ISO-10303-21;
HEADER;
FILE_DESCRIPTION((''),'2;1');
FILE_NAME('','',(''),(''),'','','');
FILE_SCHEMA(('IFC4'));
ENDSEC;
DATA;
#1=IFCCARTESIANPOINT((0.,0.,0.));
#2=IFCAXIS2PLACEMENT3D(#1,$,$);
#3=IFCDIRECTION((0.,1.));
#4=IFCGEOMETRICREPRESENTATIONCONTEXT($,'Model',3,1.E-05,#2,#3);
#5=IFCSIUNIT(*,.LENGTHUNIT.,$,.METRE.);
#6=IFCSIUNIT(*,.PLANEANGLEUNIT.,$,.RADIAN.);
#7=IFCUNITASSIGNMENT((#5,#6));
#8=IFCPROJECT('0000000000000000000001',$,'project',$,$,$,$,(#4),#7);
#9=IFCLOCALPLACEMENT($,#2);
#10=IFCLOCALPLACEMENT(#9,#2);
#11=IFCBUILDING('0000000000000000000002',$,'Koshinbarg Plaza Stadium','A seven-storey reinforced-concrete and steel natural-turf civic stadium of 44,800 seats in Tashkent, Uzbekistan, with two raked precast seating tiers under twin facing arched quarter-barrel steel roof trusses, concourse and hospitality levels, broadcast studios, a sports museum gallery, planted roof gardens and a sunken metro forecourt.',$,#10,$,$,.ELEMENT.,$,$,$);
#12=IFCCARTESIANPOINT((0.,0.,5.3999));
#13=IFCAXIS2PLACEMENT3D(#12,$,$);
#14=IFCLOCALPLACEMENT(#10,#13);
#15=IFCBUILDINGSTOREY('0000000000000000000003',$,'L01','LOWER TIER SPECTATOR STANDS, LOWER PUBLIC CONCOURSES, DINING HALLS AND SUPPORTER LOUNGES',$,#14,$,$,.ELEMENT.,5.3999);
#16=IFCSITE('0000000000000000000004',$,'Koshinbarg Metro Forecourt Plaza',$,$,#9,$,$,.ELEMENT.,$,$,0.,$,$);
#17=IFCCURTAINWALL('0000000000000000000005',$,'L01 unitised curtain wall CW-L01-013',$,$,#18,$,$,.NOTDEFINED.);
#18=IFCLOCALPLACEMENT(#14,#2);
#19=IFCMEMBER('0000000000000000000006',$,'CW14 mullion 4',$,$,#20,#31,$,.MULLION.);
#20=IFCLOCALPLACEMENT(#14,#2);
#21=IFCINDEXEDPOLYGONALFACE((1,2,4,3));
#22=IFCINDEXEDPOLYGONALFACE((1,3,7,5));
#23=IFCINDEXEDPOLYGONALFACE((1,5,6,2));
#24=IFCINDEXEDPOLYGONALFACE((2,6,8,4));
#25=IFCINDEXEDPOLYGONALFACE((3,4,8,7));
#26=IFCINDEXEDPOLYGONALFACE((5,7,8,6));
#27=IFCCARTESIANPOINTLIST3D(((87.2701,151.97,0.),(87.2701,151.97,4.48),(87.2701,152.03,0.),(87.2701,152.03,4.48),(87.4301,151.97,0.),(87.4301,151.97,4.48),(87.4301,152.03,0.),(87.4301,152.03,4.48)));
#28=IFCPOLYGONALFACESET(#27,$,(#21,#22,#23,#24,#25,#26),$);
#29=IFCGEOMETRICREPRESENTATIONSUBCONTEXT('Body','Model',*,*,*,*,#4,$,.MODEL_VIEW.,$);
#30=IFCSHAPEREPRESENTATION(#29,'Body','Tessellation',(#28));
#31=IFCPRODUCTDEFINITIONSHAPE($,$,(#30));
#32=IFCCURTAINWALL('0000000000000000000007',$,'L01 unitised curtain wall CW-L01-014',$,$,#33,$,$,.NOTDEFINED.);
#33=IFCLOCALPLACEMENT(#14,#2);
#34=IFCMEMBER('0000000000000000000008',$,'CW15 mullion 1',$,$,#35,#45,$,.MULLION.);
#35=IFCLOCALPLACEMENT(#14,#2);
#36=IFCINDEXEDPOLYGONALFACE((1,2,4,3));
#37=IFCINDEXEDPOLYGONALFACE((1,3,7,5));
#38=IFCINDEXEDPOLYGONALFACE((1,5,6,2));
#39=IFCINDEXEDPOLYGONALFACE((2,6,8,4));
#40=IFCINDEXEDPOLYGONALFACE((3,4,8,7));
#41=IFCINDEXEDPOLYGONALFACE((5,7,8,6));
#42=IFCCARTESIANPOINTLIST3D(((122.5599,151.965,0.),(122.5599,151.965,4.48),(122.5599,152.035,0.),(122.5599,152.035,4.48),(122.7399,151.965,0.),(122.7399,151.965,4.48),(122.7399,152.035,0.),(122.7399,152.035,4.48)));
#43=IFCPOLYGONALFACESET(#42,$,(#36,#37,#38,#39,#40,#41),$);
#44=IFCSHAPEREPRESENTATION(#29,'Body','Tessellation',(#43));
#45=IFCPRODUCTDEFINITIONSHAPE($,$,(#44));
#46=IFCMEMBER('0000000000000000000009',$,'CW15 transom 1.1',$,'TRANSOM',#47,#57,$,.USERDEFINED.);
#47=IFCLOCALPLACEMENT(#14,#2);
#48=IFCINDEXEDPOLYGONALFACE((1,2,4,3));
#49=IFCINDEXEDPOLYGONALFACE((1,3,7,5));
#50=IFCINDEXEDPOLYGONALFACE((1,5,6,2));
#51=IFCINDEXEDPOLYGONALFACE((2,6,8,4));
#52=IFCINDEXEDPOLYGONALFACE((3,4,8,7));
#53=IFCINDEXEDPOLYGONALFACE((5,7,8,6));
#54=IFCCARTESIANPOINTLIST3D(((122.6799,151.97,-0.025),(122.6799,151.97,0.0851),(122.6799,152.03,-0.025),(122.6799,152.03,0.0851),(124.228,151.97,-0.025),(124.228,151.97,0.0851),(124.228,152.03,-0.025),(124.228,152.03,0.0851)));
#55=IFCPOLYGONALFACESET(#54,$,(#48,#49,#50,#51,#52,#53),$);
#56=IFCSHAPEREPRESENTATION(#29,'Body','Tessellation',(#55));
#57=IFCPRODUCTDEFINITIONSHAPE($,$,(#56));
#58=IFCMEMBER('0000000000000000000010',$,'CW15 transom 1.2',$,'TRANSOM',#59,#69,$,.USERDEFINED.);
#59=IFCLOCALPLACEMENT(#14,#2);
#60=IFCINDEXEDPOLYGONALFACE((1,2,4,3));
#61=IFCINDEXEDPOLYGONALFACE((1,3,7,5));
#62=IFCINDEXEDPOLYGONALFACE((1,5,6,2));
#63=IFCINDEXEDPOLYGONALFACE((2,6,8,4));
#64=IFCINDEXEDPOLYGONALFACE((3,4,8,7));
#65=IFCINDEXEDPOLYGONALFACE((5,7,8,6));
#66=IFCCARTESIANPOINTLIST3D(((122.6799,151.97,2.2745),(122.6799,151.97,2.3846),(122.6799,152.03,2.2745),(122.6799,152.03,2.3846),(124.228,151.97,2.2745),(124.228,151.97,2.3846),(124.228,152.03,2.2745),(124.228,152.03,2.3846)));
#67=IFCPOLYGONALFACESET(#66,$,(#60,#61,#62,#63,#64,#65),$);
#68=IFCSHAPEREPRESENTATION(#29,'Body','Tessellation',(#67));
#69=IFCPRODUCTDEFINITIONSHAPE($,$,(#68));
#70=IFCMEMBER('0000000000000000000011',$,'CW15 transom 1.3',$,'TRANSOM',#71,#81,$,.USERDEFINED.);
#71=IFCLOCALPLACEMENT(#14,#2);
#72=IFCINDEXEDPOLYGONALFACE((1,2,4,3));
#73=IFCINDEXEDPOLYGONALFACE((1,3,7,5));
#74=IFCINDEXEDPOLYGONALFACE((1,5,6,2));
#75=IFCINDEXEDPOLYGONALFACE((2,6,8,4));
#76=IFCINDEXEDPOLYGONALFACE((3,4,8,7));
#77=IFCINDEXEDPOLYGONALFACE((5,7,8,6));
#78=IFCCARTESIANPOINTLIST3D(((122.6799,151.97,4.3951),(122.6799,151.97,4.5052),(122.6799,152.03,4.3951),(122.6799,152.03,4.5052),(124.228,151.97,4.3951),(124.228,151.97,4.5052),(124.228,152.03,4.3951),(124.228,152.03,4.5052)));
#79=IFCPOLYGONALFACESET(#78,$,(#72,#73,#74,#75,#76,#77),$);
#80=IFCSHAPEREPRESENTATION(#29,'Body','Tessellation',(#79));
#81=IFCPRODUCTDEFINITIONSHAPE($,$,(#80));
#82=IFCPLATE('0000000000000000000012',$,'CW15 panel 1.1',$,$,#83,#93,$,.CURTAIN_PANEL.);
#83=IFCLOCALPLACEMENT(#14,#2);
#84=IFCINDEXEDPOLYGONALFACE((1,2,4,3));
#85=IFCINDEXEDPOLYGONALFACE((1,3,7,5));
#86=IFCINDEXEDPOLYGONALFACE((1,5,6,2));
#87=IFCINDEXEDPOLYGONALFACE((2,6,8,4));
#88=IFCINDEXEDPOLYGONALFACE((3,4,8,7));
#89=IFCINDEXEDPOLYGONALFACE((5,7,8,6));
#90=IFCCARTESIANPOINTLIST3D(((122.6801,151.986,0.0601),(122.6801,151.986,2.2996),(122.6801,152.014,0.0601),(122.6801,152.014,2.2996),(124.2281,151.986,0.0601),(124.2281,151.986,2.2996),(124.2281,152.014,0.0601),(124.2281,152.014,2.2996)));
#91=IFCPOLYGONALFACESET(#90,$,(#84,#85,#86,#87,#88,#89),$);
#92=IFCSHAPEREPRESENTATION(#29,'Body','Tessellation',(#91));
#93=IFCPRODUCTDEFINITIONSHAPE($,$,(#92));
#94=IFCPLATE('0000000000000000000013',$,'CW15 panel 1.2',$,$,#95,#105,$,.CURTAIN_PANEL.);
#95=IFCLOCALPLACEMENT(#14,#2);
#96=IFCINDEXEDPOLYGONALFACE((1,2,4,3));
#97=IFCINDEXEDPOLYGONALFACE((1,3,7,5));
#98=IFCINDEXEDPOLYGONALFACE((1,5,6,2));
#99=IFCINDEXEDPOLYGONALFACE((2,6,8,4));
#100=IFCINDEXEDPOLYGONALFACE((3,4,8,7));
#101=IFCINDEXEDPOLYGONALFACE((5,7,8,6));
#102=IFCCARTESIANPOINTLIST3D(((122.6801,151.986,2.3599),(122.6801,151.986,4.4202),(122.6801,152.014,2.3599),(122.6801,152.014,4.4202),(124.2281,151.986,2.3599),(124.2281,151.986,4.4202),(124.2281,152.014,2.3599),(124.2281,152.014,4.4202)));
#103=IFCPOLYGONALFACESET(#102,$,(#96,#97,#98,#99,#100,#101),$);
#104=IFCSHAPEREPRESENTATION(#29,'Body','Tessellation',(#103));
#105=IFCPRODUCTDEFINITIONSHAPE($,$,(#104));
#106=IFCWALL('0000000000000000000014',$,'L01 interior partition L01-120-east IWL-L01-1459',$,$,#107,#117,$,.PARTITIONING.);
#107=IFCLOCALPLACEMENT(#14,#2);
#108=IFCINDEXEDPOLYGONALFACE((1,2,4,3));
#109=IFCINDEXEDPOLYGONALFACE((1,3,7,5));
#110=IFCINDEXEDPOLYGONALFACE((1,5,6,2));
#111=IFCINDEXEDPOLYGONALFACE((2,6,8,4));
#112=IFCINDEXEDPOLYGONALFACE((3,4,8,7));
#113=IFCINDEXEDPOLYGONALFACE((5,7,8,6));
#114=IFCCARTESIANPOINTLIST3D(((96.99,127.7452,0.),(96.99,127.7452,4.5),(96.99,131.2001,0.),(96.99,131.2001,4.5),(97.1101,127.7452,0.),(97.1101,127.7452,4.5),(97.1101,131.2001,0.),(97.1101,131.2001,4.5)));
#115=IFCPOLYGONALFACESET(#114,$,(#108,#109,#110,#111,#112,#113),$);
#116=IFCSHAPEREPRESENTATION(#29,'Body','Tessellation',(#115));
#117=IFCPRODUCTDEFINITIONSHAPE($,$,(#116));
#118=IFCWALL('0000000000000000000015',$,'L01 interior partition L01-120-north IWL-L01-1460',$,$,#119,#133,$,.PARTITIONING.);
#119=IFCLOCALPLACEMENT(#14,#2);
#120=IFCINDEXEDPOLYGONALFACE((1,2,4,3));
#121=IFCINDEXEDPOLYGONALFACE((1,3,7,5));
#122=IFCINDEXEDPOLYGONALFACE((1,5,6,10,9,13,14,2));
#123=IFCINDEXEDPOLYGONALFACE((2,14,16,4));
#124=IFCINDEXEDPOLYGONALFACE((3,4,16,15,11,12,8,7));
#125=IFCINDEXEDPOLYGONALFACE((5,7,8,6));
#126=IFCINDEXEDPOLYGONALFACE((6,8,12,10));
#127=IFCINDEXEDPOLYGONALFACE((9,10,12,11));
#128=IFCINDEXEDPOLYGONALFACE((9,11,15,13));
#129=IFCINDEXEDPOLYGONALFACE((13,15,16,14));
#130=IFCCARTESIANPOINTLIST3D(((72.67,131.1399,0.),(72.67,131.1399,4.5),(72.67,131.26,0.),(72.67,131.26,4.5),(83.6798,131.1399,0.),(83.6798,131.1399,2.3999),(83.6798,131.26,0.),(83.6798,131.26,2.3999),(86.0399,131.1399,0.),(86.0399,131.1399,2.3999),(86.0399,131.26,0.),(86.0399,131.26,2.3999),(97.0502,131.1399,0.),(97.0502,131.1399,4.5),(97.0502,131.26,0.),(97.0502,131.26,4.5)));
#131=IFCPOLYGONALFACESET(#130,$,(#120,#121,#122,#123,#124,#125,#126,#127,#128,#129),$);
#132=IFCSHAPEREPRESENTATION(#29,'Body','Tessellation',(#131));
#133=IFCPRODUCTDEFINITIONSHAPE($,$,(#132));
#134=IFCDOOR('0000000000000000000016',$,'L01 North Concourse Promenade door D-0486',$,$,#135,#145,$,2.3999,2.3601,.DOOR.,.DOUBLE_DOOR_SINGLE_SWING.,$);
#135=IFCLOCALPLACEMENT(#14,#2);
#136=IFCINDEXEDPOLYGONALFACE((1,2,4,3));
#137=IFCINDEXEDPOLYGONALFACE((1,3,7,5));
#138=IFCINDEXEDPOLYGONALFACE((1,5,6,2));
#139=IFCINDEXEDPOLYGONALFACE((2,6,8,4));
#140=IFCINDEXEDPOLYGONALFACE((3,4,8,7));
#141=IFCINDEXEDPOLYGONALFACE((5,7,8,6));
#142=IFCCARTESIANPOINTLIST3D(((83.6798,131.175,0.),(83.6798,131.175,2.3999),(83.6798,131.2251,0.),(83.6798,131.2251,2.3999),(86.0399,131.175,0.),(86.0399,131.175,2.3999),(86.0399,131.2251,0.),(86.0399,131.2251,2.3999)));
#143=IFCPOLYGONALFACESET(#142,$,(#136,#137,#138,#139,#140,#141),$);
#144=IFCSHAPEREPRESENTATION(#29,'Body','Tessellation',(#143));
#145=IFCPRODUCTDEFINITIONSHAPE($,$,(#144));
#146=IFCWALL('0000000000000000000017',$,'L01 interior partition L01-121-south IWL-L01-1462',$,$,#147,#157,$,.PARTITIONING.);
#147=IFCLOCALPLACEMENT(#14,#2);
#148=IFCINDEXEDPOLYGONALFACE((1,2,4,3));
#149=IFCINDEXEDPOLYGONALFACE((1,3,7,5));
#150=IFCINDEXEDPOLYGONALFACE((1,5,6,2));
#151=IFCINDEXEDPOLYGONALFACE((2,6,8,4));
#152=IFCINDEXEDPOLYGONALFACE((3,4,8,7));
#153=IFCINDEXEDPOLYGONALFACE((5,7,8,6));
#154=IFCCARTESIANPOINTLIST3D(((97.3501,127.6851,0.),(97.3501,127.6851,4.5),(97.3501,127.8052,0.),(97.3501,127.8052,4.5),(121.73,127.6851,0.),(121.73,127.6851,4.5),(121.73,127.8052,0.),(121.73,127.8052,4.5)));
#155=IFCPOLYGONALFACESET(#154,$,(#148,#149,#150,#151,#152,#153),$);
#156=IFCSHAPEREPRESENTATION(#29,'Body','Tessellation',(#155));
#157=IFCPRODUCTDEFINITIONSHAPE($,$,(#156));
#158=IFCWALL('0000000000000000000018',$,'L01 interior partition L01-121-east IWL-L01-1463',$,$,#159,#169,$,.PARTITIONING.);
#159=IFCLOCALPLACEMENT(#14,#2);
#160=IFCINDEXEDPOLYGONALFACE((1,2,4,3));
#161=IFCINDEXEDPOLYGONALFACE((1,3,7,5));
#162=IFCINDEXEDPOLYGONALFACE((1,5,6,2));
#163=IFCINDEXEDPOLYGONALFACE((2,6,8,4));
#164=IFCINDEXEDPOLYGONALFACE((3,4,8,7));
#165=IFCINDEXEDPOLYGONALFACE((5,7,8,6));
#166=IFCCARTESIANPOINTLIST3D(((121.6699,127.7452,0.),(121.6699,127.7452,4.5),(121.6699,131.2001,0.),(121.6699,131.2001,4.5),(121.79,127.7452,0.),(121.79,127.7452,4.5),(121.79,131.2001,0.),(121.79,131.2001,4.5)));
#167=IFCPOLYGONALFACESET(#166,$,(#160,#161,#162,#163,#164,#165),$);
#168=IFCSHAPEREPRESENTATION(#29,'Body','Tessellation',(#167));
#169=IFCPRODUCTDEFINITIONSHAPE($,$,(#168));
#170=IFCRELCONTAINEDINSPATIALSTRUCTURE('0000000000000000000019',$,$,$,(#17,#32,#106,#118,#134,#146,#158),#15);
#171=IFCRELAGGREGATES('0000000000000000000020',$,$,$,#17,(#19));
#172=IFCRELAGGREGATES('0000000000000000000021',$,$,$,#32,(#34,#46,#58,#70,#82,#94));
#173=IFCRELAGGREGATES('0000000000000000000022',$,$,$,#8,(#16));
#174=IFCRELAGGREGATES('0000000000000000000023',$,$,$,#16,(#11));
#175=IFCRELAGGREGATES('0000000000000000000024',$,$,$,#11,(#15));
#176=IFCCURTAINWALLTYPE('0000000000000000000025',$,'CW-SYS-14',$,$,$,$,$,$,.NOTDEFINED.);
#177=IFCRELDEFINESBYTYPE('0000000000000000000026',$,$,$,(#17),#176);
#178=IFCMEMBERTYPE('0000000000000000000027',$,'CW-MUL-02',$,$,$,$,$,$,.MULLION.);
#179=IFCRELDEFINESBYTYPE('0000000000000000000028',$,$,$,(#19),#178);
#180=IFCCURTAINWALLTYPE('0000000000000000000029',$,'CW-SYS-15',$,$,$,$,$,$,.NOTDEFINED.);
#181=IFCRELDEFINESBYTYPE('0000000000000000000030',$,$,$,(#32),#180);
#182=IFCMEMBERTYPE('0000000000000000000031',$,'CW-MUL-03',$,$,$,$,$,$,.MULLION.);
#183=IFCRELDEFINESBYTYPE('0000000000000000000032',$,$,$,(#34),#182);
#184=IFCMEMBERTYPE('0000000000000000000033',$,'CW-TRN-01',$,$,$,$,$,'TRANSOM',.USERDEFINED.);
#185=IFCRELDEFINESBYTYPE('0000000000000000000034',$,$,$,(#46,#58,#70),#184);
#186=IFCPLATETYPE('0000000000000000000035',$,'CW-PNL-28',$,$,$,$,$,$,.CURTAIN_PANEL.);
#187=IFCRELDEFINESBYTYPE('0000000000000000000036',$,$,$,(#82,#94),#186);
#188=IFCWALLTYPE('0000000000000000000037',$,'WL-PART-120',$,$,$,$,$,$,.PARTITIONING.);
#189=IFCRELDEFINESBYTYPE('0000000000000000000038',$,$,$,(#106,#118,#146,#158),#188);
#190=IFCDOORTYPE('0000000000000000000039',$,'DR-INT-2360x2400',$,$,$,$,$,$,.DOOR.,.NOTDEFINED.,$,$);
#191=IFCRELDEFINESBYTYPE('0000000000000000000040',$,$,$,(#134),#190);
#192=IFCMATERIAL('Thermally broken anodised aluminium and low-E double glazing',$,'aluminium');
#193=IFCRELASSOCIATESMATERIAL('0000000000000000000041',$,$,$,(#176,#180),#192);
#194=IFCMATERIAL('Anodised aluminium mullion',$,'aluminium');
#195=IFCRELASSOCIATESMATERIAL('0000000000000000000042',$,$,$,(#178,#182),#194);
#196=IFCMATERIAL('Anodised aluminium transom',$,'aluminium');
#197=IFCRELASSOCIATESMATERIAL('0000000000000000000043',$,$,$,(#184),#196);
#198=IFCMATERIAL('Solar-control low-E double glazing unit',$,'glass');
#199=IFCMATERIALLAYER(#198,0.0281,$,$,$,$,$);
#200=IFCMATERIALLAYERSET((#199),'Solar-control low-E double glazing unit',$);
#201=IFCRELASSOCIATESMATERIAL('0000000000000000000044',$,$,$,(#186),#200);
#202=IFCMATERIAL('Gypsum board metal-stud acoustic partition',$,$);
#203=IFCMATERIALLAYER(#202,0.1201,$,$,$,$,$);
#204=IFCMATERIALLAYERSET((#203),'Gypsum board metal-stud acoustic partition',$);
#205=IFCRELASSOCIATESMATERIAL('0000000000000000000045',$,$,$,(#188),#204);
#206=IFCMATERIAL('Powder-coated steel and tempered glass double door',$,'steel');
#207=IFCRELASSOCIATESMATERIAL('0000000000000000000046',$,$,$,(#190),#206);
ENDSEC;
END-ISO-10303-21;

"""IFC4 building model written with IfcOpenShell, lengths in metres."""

from ifc_helpers import new_model, si_unit, direction, frame, frame_2d, origin, origin_2d, place, context, subcontext, project, spatial, rectangle, extrude, material, layer, layer_set, material_profile, profile_set, type_object, element, fill, aggregate, save


model = new_model("IFC4")

# Units and contexts
model_context = context("Model", 3, precision=1e-05, world=origin(), true_north=direction((0.0, 1.0)))
body_context = subcontext(model_context, "Body", "Model", "MODEL_VIEW")
ifc_project = project(units=[si_unit("LENGTHUNIT", "METRE"), si_unit("PLANEANGLEUNIT", "RADIAN")], contexts=[model_context])

# Site, building, storey
site_placement = place(None, origin())
site = spatial("IfcSite", under=ifc_project, at=site_placement, Name="Koshinbarg Metro Forecourt Plaza", CompositionType="ELEMENT", RefElevation=0.0)
building_placement = place(site_placement, origin())
building = spatial("IfcBuilding", under=site, at=building_placement, Name="Koshinbarg Plaza Stadium", Description="A seven-storey reinforced-concrete and steel natural-turf civic stadium of 44,800 seats in Tashkent, Uzbekistan, with two raked precast seating tiers under twin facing arched quarter-barrel steel roof trusses, concourse and hospitality levels, broadcast studios, a sports museum gallery, planted roof gardens and a sunken metro forecourt.", CompositionType="ELEMENT")
storey_placement = place(building_placement, frame((0.0, 0.0, 5.3999)))
storey = spatial("IfcBuildingStorey", under=building, at=storey_placement, Name="L01", Description="LOWER TIER SPECTATOR STANDS, LOWER PUBLIC CONCOURSES, DINING HALLS AND SUPPORTER LOUNGES", CompositionType="ELEMENT", Elevation=5.3999)

# Curtain wall, member
ifc_material_1 = material(Name="Thermally broken anodised aluminium and low-E double glazing", Category="aluminium")
curtain_wall_type_1 = type_object("IfcCurtainWallType", Name="CW-SYS-14", PredefinedType="NOTDEFINED", material=ifc_material_1)
curtain_wall_1_placement = place(storey_placement, origin())
curtain_wall_1 = element("IfcCurtainWall", 1, at=curtain_wall_1_placement, inside=storey, type_object=curtain_wall_type_1, Name="L01 unitised curtain wall CW-L01-013", PredefinedType="NOTDEFINED")
ifc_material_2 = material(Name="Anodised aluminium mullion", Category="aluminium")
ifc_material_profile_1 = material_profile(ifc_material_2, rectangle(XDim=0.0601, YDim=0.1599, at=origin_2d()), Name="ALU 60x160")
ifc_profile_set_1 = profile_set([ifc_material_profile_1], Name="Anodised aluminium mullion")
member_type_1 = type_object("IfcMemberType", Name="CW-MUL-02", PredefinedType="MULLION", material=ifc_profile_set_1)
member_1_placement = place(storey_placement, frame((87.3501, 152.0, 0.0), z_axis=(0.0, 0.0, 1.0), x_axis=(0.0, 1.0, 0.0)))
member_1 = element("IfcMember", 2, at=member_1_placement, type_object=member_type_1, Name="CW14 mullion 4", PredefinedType="MULLION", context=body_context, shape_type="SweptSolid", body=[
    extrude(rectangle(XDim=0.0601, YDim=0.1599, at=origin_2d()), origin(), (0.0, 0.0, 1.0), 4.48),
])
aggregate(curtain_wall_1, [member_1])

# Curtain wall, members, plates
curtain_wall_type_2 = type_object("IfcCurtainWallType", Name="CW-SYS-15", PredefinedType="NOTDEFINED", material=ifc_material_1)
curtain_wall_2_placement = place(storey_placement, origin())
curtain_wall_2 = element("IfcCurtainWall", 3, at=curtain_wall_2_placement, inside=storey, type_object=curtain_wall_type_2, Name="L01 unitised curtain wall CW-L01-014", PredefinedType="NOTDEFINED")
ifc_material_profile_2 = material_profile(ifc_material_2, rectangle(XDim=0.0701, YDim=0.1799, at=origin_2d()), Name="ALU 70x180")
ifc_profile_set_2 = profile_set([ifc_material_profile_2], Name="Anodised aluminium mullion")
member_type_2 = type_object("IfcMemberType", Name="CW-MUL-03", PredefinedType="MULLION", material=ifc_profile_set_2)
member_2_placement = place(storey_placement, frame((122.6499, 152.0, 0.0), z_axis=(0.0, 0.0, 1.0), x_axis=(0.0, 1.0, 0.0)))
member_2 = element("IfcMember", 4, at=member_2_placement, type_object=member_type_2, Name="CW15 mullion 1", PredefinedType="MULLION", context=body_context, shape_type="SweptSolid", body=[
    extrude(rectangle(XDim=0.0701, YDim=0.1799, at=origin_2d()), origin(), (0.0, 0.0, 1.0), 4.48),
])
ifc_material_3 = material(Name="Anodised aluminium transom", Category="aluminium")
ifc_material_profile_3 = material_profile(ifc_material_3, rectangle(XDim=0.0601, YDim=0.1101, at=origin_2d()), Name="ALU 60x110")
ifc_profile_set_3 = profile_set([ifc_material_profile_3], Name="Anodised aluminium transom")
member_type_3 = type_object("IfcMemberType", Name="CW-TRN-01", ElementType="TRANSOM", PredefinedType="USERDEFINED", material=ifc_profile_set_3)
member_3_placement = place(storey_placement, frame((122.6799, 152.0, 0.03), z_axis=(1.0, 0.0, 0.0), x_axis=(0.0, 1.0, 0.0)))
member_3 = element("IfcMember", 5, at=member_3_placement, type_object=member_type_3, Name="CW15 transom 1.1", ObjectType="TRANSOM", PredefinedType="USERDEFINED", context=body_context, shape_type="SweptSolid", body=[
    extrude(rectangle(XDim=0.0601, YDim=0.1101, at=origin_2d()), origin(), (0.0, 0.0, 1.0), 1.5481),
])
member_4_placement = place(storey_placement, frame((122.6799, 152.0, 2.3296), z_axis=(1.0, 0.0, 0.0), x_axis=(0.0, 1.0, 0.0)))
member_4 = element("IfcMember", 6, at=member_4_placement, type_object=member_type_3, Name="CW15 transom 1.2", ObjectType="TRANSOM", PredefinedType="USERDEFINED", context=body_context, shape_type="SweptSolid", body=[
    extrude(rectangle(XDim=0.0601, YDim=0.1101, at=origin_2d()), origin(), (0.0, 0.0, 1.0), 1.5481),
])
member_5_placement = place(storey_placement, frame((122.6799, 152.0, 4.4502), z_axis=(1.0, 0.0, 0.0), x_axis=(0.0, 1.0, 0.0)))
member_5 = element("IfcMember", 7, at=member_5_placement, type_object=member_type_3, Name="CW15 transom 1.3", ObjectType="TRANSOM", PredefinedType="USERDEFINED", context=body_context, shape_type="SweptSolid", body=[
    extrude(rectangle(XDim=0.0601, YDim=0.1101, at=origin_2d()), origin(), (0.0, 0.0, 1.0), 1.5481),
])
ifc_material_4 = material(Name="Solar-control low-E double glazing unit", Category="glass")
ifc_layer_1 = layer(ifc_material_4, 0.0281)
ifc_layer_set_1 = layer_set([ifc_layer_1], Name="Solar-control low-E double glazing unit")
plate_type = type_object("IfcPlateType", Name="CW-PNL-28", PredefinedType="CURTAIN_PANEL", material=ifc_layer_set_1)
plate_1_placement = place(storey_placement, frame((123.4541, 152.0, 0.0601), z_axis=(0.0, 0.0, 1.0), x_axis=(1.0, 0.0, 0.0)))
plate_1 = element("IfcPlate", 8, at=plate_1_placement, type_object=plate_type, Name="CW15 panel 1.1", PredefinedType="CURTAIN_PANEL", context=body_context, shape_type="SweptSolid", body=[
    extrude(rectangle(XDim=1.5481, YDim=0.0281, at=origin_2d()), origin(), (0.0, 0.0, 1.0), 2.2395),
])
plate_2_placement = place(storey_placement, frame((123.4541, 152.0, 2.3599), z_axis=(0.0, 0.0, 1.0), x_axis=(1.0, 0.0, 0.0)))
plate_2 = element("IfcPlate", 9, at=plate_2_placement, type_object=plate_type, Name="CW15 panel 1.2", PredefinedType="CURTAIN_PANEL", context=body_context, shape_type="SweptSolid", body=[
    extrude(rectangle(XDim=1.5481, YDim=0.0281, at=origin_2d()), origin(), (0.0, 0.0, 1.0), 2.0603),
])
aggregate(curtain_wall_2, [member_2, member_3, member_4, member_5, plate_1, plate_2])

# Wall
ifc_material_5 = material(Name="Gypsum board metal-stud acoustic partition")
ifc_layer_2 = layer(ifc_material_5, 0.1201)
ifc_layer_set_2 = layer_set([ifc_layer_2], Name="Gypsum board metal-stud acoustic partition")
wall_type_1 = type_object("IfcWallType", Name="WL-PART-120", PredefinedType="PARTITIONING", material=ifc_layer_set_2)
wall_1_placement = place(storey_placement, frame((97.05, 127.7451, 0.0), z_axis=(0.0, 0.0, 1.0), x_axis=(0.0, 1.0, 0.0)))
element("IfcWall", 10, at=wall_1_placement, inside=storey, type_object=wall_type_1, Name="L01 interior partition L01-120-east IWL-L01-1459", PredefinedType="PARTITIONING", context=body_context, shape_type="SweptSolid", body=[
    extrude(rectangle(XDim=3.4548, YDim=0.1201, at=frame_2d((1.7275, 0.0))), origin(), (0.0, 0.0, 1.0), 4.5),
])

# Wall, opening, door
wall_2_placement = place(storey_placement, frame((97.05, 131.2, 0.0), z_axis=(0.0, 0.0, 1.0), x_axis=(-1.0, 0.0, 0.0)))
wall_2 = element("IfcWall", 11, at=wall_2_placement, inside=storey, type_object=wall_type_1, Name="L01 interior partition L01-120-north IWL-L01-1460", PredefinedType="PARTITIONING", context=body_context, shape_type="SweptSolid", body=[
    extrude(rectangle(XDim=24.3801, YDim=0.1201, at=frame_2d((12.1899, 0.0))), origin(), (0.0, 0.0, 1.0), 4.5),
])
opening_1_placement = place(wall_2_placement, frame((11.01, 0.0, 0.0)))
opening_1 = element("IfcOpeningElement", 12, at=opening_1_placement, cuts=wall_2, PredefinedType="OPENING", context=body_context, shape_type="SweptSolid", body=[
    extrude(rectangle(XDim=2.3601, YDim=2.3999, at=frame_2d((1.1802, 1.2))), frame((0.0, 0.0701, 0.0), z_axis=(0.0, -1.0, 0.0), x_axis=(1.0, 0.0, 0.0)), (0.0, 0.0, 1.0), 0.1401),
])
ifc_material_6 = material(Name="Powder-coated steel and tempered glass double door", Category="steel")
door_type_1 = type_object("IfcDoorType", Name="DR-INT-2360x2400", OperationType="NOTDEFINED", PredefinedType="DOOR", material=ifc_material_6)
door_1_placement = place(opening_1_placement, origin())
door_1 = element("IfcDoor", 13, at=door_1_placement, inside=storey, type_object=door_type_1, Name="L01 North Concourse Promenade door D-0486", OperationType="DOUBLE_DOOR_SINGLE_SWING", OverallHeight=2.3999, OverallWidth=2.3601, PredefinedType="DOOR", context=body_context, shape_type="SweptSolid", body=[
    extrude(rectangle(XDim=2.3601, YDim=2.3999, at=frame_2d((1.1802, 1.2))), frame((0.0, 0.0249, 0.0), z_axis=(0.0, -1.0, 0.0), x_axis=(1.0, 0.0, 0.0)), (0.0, 0.0, 1.0), 0.05),
])
fill(opening_1, door_1)

# Walls
wall_3_placement = place(storey_placement, frame((97.3501, 127.7451, 0.0), z_axis=(0.0, 0.0, 1.0), x_axis=(1.0, 0.0, 0.0)))
element("IfcWall", 14, at=wall_3_placement, inside=storey, type_object=wall_type_1, Name="L01 interior partition L01-121-south IWL-L01-1462", PredefinedType="PARTITIONING", context=body_context, shape_type="SweptSolid", body=[
    extrude(rectangle(XDim=24.3799, YDim=0.1201, at=frame_2d((12.1899, 0.0))), origin(), (0.0, 0.0, 1.0), 4.5),
])
wall_4_placement = place(storey_placement, frame((121.73, 127.7451, 0.0), z_axis=(0.0, 0.0, 1.0), x_axis=(0.0, 1.0, 0.0)))
element("IfcWall", 15, at=wall_4_placement, inside=storey, type_object=wall_type_1, Name="L01 interior partition L01-121-east IWL-L01-1463", PredefinedType="PARTITIONING", context=body_context, shape_type="SweptSolid", body=[
    extrude(rectangle(XDim=3.4548, YDim=0.1201, at=frame_2d((1.7275, 0.0))), origin(), (0.0, 0.0, 1.0), 4.5),
])

save(model, "model.ifc")
